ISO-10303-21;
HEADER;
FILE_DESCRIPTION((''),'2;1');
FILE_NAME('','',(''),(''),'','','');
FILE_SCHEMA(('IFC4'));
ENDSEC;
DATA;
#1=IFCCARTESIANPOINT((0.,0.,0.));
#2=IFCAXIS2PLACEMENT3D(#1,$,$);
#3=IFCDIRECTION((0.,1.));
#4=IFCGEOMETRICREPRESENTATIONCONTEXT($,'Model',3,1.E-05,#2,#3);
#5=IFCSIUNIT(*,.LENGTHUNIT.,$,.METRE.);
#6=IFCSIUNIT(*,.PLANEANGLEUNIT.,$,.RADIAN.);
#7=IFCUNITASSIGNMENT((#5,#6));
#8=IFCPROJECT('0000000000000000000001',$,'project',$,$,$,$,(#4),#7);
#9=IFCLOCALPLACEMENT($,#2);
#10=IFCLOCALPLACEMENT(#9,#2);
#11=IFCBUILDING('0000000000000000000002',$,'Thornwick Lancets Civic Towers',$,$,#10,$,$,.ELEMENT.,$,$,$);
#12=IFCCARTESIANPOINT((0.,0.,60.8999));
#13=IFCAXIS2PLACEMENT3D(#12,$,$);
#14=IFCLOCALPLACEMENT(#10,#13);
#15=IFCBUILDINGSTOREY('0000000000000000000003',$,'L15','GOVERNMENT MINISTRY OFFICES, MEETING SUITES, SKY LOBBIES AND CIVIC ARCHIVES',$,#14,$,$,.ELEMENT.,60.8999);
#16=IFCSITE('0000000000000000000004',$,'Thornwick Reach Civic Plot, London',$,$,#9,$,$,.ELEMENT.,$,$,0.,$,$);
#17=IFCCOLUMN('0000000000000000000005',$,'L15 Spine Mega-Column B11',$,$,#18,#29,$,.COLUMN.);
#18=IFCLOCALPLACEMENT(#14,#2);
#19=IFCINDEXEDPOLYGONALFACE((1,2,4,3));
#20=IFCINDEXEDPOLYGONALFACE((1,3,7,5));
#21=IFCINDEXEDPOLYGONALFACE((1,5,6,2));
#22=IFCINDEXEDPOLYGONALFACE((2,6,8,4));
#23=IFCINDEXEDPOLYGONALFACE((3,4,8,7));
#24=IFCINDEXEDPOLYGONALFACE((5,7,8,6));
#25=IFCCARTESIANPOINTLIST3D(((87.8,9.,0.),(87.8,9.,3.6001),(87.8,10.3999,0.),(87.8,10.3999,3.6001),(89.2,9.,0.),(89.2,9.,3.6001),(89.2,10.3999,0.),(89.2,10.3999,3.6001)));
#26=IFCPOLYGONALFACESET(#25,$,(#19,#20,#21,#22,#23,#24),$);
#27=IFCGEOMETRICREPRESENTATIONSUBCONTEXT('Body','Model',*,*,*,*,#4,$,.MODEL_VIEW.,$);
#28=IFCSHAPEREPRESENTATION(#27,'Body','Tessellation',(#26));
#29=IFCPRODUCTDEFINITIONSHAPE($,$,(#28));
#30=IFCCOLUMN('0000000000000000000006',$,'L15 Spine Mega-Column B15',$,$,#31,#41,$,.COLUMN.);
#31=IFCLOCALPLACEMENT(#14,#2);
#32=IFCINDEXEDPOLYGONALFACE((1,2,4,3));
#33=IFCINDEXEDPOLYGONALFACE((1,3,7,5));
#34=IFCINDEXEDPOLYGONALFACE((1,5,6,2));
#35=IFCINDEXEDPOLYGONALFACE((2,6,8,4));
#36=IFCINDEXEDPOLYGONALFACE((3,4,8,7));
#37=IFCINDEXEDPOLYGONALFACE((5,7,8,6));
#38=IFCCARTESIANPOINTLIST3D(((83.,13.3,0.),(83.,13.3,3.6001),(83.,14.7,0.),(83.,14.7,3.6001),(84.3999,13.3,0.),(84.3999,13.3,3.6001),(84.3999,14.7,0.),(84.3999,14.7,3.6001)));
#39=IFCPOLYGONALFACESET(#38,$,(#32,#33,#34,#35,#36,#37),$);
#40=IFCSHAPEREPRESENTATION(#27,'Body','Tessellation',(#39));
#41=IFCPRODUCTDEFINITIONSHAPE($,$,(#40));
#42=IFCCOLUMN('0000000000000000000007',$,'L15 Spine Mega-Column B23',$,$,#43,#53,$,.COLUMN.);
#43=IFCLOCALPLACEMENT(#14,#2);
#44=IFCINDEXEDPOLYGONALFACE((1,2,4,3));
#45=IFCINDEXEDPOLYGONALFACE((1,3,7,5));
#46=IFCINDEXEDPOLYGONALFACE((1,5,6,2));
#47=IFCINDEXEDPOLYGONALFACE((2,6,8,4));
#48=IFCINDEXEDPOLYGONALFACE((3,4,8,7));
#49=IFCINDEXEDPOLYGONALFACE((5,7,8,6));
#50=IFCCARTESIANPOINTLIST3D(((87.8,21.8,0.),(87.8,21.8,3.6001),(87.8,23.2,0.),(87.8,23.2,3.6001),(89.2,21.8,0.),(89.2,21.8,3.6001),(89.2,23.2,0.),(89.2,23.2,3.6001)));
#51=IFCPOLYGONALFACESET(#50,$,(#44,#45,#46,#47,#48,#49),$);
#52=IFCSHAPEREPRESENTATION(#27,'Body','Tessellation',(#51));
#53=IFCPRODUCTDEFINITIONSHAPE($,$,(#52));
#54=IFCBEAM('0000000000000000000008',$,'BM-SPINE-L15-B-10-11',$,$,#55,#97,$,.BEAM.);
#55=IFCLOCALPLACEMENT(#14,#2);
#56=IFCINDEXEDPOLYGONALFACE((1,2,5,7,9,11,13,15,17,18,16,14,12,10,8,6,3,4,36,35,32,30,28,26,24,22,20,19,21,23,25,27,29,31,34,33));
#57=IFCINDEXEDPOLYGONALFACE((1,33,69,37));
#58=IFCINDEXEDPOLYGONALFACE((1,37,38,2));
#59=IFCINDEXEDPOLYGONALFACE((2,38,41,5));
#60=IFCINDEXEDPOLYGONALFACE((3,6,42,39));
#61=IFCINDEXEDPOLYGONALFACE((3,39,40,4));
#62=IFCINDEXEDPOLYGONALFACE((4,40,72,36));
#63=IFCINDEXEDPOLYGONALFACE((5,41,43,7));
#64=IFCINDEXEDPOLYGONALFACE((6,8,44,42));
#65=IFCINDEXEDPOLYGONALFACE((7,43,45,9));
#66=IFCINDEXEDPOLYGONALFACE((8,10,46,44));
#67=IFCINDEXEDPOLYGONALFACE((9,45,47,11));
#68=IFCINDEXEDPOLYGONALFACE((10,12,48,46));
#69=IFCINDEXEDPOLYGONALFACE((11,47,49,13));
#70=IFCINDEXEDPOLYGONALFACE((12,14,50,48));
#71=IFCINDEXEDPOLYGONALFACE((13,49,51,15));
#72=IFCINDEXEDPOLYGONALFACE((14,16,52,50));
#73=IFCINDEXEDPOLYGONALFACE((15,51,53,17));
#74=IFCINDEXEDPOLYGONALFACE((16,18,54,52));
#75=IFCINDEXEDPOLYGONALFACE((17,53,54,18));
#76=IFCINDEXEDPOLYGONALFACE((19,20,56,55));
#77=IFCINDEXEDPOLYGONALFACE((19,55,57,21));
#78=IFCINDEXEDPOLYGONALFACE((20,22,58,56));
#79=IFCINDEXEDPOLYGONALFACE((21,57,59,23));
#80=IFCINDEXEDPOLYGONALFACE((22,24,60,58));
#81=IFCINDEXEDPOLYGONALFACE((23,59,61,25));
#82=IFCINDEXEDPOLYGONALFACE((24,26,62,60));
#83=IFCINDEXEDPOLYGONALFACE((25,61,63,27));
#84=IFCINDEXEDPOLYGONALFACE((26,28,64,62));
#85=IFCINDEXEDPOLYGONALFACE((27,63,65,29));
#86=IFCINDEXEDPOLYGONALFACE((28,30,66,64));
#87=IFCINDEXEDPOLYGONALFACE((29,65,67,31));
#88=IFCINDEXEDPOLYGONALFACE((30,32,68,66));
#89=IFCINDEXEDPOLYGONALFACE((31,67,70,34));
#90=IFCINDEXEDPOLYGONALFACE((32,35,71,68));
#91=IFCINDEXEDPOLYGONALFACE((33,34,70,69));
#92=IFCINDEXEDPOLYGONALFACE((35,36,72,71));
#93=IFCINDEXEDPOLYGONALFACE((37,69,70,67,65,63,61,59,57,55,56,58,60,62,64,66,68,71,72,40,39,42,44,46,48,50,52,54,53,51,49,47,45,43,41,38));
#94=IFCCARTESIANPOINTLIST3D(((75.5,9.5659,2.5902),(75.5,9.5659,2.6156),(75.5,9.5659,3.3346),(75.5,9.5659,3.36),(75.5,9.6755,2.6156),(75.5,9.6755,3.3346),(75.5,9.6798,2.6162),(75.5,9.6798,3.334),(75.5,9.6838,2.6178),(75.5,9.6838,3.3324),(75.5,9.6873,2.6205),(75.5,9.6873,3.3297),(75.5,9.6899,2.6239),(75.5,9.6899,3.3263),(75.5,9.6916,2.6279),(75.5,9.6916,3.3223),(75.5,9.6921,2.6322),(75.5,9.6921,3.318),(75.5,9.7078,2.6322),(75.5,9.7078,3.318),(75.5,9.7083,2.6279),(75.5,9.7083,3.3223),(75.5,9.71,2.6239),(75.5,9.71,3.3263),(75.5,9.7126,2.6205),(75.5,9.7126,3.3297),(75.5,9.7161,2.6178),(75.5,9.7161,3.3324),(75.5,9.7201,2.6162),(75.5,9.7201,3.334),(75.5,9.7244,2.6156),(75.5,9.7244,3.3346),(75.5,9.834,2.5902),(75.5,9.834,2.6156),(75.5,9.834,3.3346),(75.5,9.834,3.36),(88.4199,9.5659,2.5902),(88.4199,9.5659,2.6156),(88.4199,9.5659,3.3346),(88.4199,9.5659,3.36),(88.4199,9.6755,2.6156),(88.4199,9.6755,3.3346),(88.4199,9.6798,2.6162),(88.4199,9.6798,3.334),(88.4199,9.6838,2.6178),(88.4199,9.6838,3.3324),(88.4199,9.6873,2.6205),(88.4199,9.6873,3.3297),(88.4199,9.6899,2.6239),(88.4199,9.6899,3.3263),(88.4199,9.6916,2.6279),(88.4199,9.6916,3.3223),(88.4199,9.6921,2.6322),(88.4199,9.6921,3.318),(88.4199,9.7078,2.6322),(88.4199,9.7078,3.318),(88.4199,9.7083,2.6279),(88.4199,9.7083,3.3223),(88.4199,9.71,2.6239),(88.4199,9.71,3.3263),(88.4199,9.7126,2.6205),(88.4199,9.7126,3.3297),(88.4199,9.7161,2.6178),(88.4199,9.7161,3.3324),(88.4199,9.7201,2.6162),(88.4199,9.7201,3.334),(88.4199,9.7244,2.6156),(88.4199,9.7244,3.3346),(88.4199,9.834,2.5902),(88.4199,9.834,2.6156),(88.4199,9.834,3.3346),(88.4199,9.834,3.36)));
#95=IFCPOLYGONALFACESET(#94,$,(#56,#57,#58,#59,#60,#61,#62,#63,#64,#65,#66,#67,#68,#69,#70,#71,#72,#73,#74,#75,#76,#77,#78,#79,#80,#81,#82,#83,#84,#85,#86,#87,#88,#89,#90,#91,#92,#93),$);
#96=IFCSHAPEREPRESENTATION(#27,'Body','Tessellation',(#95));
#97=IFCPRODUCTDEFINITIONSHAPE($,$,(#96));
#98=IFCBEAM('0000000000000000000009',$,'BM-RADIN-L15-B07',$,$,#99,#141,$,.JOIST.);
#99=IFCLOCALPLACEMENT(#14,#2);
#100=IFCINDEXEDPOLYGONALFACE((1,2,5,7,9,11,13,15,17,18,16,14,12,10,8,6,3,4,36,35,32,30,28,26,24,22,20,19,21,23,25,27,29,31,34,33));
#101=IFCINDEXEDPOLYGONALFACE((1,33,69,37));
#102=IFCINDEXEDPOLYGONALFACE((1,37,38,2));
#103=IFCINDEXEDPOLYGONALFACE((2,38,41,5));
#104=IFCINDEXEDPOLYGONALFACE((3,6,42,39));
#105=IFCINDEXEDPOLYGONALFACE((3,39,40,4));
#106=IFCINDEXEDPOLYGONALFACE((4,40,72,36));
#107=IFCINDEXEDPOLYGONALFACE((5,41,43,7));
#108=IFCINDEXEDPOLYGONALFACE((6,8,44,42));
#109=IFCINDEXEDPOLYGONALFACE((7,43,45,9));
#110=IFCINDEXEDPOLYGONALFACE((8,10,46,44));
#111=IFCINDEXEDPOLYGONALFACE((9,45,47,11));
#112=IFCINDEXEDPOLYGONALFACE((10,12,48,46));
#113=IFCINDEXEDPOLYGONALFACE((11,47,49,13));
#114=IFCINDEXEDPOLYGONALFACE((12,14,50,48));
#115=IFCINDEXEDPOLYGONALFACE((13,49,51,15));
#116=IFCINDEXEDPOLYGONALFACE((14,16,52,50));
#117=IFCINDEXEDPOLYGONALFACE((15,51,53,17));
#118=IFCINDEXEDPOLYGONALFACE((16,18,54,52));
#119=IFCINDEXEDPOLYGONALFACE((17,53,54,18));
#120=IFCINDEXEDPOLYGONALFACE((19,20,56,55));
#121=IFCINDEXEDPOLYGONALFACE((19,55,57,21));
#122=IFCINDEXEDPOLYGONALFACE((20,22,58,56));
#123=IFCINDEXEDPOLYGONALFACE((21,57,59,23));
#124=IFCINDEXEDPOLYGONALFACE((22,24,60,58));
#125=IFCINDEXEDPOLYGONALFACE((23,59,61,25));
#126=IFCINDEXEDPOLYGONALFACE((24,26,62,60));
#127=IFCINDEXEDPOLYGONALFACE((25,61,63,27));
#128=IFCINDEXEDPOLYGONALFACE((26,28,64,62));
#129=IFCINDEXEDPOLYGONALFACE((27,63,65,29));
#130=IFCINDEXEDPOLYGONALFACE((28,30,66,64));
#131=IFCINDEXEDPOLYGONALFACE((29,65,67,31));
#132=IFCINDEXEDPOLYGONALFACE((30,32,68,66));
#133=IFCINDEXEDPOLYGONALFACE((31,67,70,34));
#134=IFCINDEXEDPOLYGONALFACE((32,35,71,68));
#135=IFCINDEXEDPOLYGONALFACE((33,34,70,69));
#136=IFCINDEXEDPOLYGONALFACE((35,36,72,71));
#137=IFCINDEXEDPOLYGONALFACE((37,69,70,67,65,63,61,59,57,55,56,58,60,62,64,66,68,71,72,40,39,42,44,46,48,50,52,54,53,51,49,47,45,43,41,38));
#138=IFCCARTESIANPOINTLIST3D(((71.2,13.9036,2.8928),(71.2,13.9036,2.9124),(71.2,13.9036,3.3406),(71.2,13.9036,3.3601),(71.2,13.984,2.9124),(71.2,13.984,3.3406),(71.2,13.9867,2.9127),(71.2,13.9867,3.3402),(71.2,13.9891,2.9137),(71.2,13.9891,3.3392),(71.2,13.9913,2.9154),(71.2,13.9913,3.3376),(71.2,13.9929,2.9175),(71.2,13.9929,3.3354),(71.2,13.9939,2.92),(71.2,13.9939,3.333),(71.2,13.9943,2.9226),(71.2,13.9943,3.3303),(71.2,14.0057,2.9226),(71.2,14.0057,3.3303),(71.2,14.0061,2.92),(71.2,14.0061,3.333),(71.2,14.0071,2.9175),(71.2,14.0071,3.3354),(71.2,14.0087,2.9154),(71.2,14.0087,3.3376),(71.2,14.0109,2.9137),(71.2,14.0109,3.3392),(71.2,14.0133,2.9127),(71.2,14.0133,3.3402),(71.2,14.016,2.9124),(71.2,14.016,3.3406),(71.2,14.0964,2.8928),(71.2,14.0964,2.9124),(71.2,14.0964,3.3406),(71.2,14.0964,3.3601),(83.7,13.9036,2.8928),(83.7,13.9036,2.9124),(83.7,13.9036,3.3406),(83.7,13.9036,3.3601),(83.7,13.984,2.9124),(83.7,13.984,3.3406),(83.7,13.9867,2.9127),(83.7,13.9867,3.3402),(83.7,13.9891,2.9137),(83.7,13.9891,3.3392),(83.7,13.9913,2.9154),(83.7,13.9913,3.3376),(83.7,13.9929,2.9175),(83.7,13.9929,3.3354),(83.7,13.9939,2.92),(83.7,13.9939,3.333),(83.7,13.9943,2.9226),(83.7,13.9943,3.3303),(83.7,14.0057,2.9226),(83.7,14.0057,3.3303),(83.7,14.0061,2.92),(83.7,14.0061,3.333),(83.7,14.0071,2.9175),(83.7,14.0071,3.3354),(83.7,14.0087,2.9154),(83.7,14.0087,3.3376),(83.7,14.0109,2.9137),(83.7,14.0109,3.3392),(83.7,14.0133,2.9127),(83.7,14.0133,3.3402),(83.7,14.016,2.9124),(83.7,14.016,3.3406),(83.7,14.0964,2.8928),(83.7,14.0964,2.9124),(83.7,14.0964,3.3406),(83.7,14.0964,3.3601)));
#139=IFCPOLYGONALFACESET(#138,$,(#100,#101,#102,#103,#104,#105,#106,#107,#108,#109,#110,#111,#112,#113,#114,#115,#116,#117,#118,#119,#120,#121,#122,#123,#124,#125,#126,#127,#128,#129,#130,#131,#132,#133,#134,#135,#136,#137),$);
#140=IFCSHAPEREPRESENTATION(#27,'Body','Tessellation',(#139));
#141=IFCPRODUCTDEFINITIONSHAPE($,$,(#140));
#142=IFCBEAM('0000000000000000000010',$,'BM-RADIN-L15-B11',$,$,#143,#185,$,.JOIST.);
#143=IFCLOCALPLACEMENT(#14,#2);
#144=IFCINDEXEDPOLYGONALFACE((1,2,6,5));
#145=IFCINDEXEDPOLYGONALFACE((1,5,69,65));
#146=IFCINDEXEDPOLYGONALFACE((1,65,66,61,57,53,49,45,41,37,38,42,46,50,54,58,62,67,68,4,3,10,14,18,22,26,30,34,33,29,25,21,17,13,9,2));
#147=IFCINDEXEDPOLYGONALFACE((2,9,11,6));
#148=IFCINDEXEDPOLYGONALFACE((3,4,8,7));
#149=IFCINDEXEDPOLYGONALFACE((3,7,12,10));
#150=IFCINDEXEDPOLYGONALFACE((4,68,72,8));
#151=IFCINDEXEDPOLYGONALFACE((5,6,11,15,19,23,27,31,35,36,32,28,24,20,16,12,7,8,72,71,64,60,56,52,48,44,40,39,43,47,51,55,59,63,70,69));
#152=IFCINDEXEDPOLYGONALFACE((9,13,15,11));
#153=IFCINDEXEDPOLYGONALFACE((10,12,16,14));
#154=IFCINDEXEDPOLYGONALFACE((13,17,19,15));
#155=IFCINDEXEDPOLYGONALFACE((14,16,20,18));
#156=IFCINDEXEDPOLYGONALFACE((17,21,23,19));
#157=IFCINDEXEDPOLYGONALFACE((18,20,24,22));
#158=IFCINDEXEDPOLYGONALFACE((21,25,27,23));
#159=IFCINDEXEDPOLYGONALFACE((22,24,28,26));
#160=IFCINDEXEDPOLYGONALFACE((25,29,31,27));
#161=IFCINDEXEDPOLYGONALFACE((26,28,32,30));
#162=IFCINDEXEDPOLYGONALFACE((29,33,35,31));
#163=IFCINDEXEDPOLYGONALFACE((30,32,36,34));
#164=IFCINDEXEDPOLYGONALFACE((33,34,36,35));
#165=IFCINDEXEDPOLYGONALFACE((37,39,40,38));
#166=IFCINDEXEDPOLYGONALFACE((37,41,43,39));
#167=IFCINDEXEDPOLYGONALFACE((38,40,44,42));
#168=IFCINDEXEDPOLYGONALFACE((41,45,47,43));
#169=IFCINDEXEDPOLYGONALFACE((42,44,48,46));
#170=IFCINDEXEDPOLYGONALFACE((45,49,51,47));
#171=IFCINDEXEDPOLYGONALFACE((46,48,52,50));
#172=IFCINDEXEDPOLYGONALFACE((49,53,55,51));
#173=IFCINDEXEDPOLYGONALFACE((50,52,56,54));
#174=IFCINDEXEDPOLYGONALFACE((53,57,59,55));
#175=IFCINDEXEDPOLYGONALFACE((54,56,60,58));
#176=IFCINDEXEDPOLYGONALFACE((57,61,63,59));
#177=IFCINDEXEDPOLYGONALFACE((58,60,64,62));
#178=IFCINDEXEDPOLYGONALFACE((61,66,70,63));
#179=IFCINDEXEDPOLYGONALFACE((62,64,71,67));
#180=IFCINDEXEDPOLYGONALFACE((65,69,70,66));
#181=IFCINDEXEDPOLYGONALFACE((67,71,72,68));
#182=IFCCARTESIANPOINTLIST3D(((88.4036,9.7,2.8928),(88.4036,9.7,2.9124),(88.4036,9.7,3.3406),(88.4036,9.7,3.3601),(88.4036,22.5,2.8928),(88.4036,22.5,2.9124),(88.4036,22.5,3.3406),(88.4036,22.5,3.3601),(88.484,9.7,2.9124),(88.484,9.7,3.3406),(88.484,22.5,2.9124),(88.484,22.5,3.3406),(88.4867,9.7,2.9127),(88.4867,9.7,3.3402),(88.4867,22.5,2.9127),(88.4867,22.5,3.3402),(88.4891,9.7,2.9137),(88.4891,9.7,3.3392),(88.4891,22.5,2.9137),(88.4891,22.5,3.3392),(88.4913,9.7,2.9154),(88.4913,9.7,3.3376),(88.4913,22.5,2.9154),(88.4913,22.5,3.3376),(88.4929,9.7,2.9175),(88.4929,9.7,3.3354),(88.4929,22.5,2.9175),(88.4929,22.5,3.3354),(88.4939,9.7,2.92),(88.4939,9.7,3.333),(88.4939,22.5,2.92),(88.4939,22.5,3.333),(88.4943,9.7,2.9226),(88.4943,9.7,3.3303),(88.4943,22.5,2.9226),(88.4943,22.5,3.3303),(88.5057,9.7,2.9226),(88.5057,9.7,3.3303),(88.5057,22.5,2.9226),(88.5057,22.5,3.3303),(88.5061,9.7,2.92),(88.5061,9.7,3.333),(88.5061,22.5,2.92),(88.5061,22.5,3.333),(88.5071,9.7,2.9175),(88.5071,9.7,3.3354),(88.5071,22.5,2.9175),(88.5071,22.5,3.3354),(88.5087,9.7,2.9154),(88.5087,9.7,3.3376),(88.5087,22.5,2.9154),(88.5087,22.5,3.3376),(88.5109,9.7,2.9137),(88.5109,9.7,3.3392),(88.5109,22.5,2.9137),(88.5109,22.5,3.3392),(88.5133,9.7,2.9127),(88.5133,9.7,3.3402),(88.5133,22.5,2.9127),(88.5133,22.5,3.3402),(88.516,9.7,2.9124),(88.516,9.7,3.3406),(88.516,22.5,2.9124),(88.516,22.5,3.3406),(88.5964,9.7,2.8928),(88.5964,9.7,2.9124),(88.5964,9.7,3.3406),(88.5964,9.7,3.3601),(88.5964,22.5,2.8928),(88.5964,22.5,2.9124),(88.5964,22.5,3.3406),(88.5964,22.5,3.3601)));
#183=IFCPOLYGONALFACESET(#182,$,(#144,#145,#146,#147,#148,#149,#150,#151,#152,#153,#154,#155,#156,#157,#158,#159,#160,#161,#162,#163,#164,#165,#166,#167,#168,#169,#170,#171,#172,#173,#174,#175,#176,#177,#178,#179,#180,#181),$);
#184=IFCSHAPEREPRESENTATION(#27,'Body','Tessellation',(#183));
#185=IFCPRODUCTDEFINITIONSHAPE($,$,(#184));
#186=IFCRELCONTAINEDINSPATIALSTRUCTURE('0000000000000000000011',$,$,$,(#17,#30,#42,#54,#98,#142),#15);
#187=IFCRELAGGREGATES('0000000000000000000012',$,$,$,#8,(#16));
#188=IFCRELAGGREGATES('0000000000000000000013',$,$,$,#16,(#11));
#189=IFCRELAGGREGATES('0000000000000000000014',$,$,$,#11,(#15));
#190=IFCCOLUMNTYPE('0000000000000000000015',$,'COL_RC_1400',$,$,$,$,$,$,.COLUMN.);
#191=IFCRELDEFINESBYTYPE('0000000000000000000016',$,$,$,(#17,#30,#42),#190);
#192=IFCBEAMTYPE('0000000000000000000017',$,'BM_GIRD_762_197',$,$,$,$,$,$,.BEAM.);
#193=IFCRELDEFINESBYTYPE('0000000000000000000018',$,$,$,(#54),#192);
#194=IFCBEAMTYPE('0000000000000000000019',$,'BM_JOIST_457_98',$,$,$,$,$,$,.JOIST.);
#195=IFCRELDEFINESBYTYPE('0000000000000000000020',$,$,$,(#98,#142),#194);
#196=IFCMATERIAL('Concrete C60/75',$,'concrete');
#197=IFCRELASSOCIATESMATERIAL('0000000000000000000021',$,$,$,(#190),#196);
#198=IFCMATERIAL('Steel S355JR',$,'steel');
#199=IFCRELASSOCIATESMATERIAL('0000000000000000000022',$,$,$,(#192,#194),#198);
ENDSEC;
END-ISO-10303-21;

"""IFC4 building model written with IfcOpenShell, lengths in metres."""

from ifc_helpers import new_model, si_unit, direction, frame, origin, origin_2d, place, context, subcontext, project, spatial, rectangle, i_section, extrude, material, material_profile, profile_set, type_object, element, save


model = new_model("IFC4")

# Units and contexts
model_context = context("Model", 3, precision=1e-05, world=origin(), true_north=direction((0.0, 1.0)))
body_context = subcontext(model_context, "Body", "Model", "MODEL_VIEW")
ifc_project = project(units=[si_unit("LENGTHUNIT", "METRE"), si_unit("PLANEANGLEUNIT", "RADIAN")], contexts=[model_context])

# Site, building, storey
site_placement = place(None, origin())
site = spatial("IfcSite", under=ifc_project, at=site_placement, Name="Thornwick Reach Civic Plot, London", CompositionType="ELEMENT", RefElevation=0.0)
building_placement = place(site_placement, origin())
building = spatial("IfcBuilding", under=site, at=building_placement, Name="Thornwick Lancets Civic Towers", CompositionType="ELEMENT")
storey_placement = place(building_placement, frame((0.0, 0.0, 60.8999)))
storey = spatial("IfcBuildingStorey", under=building, at=storey_placement, Name="L15", Description="GOVERNMENT MINISTRY OFFICES, MEETING SUITES, SKY LOBBIES AND CIVIC ARCHIVES", CompositionType="ELEMENT", Elevation=60.8999)

# Columns
ifc_material_1 = material(Name="Concrete C60/75", Category="concrete")
ifc_material_profile_1 = material_profile(ifc_material_1, rectangle(XDim=1.3999, YDim=1.3999, at=origin_2d()), Name="RC 1400x1400")
ifc_profile_set_1 = profile_set([ifc_material_profile_1], Name="Concrete C60/75")
column_type = type_object("IfcColumnType", Name="COL_RC_1400", PredefinedType="COLUMN", material=ifc_profile_set_1)
for number, where, z_axis, x_axis, name in (
    (1, (88.5, 9.7, 0.0), (0.0, 0.0, 1.0), (1.0, 0.0, 0.0), "L15 Spine Mega-Column B11"),
    (2, (83.7, 14.0, 0.0), (0.0, 0.0, 1.0), (1.0, 0.0, 0.0), "L15 Spine Mega-Column B15"),
    (3, (88.5, 22.5, 0.0), (0.0, 0.0, 1.0), (1.0, 0.0, 0.0), "L15 Spine Mega-Column B23"),
):
    element("IfcColumn", number, at=place(storey_placement, frame(where, z_axis=z_axis, x_axis=x_axis)), inside=storey, type_object=column_type, Name=name, PredefinedType="COLUMN", context=body_context, shape_type="SweptSolid", body=[
        extrude(rectangle(XDim=1.3999, YDim=1.3999, at=origin_2d()), origin(), (0.0, 0.0, 1.0), 3.6001),
    ])

# Beams
ifc_material_2 = material(Name="Steel S355JR", Category="steel")
ifc_material_profile_2 = material_profile(ifc_material_2, i_section(OverallWidth=0.2681, OverallDepth=0.7698, WebThickness=0.0156, FlangeThickness=0.0254, FilletRadius=0.0166, at=origin_2d()), Name="UKB 762x267x197")
ifc_profile_set_2 = profile_set([ifc_material_profile_2], Name="Steel S355JR")
beam_type_1 = type_object("IfcBeamType", Name="BM_GIRD_762_197", PredefinedType="BEAM", material=ifc_profile_set_2)
beam_1_placement = place(storey_placement, frame((88.4199, 9.7, 2.9751), z_axis=(-1.0, 0.0, 0.0), x_axis=(0.0, -1.0, 0.0)))
element("IfcBeam", 4, at=beam_1_placement, inside=storey, type_object=beam_type_1, Name="BM-SPINE-L15-B-10-11", PredefinedType="BEAM", context=body_context, shape_type="SweptSolid", body=[
    extrude(i_section(OverallWidth=0.2681, OverallDepth=0.7698, WebThickness=0.0156, FlangeThickness=0.0254, FilletRadius=0.0166, at=origin_2d()), origin(), (0.0, 0.0, 1.0), 12.9199),
])
ifc_material_profile_3 = material_profile(ifc_material_2, i_section(OverallWidth=0.1929, OverallDepth=0.4673, WebThickness=0.0115, FlangeThickness=0.0195, FilletRadius=0.0103, at=origin_2d()), Name="UKB 457x191x98")
ifc_profile_set_3 = profile_set([ifc_material_profile_3], Name="Steel S355JR")
beam_type_2 = type_object("IfcBeamType", Name="BM_JOIST_457_98", PredefinedType="JOIST", material=ifc_profile_set_3)
beam_2_placement = place(storey_placement, frame((83.7, 14.0, 3.1265), z_axis=(-1.0, 0.0, 0.0), x_axis=(0.0, -1.0, 0.0)))
element("IfcBeam", 5, at=beam_2_placement, inside=storey, type_object=beam_type_2, Name="BM-RADIN-L15-B07", PredefinedType="JOIST", context=body_context, shape_type="SweptSolid", body=[
    extrude(i_section(OverallWidth=0.1929, OverallDepth=0.4673, WebThickness=0.0115, FlangeThickness=0.0195, FilletRadius=0.0103, at=origin_2d()), origin(), (0.0, 0.0, 1.0), 12.5),
])
beam_3_placement = place(storey_placement, frame((88.5, 22.5, 3.1265), z_axis=(0.0, -1.0, 0.0), x_axis=(1.0, 0.0, 0.0)))
element("IfcBeam", 6, at=beam_3_placement, inside=storey, type_object=beam_type_2, Name="BM-RADIN-L15-B11", PredefinedType="JOIST", context=body_context, shape_type="SweptSolid", body=[
    extrude(i_section(OverallWidth=0.1929, OverallDepth=0.4673, WebThickness=0.0115, FlangeThickness=0.0195, FilletRadius=0.0103, at=origin_2d()), origin(), (0.0, 0.0, 1.0), 12.8),
])

save(model, "model.ifc")
